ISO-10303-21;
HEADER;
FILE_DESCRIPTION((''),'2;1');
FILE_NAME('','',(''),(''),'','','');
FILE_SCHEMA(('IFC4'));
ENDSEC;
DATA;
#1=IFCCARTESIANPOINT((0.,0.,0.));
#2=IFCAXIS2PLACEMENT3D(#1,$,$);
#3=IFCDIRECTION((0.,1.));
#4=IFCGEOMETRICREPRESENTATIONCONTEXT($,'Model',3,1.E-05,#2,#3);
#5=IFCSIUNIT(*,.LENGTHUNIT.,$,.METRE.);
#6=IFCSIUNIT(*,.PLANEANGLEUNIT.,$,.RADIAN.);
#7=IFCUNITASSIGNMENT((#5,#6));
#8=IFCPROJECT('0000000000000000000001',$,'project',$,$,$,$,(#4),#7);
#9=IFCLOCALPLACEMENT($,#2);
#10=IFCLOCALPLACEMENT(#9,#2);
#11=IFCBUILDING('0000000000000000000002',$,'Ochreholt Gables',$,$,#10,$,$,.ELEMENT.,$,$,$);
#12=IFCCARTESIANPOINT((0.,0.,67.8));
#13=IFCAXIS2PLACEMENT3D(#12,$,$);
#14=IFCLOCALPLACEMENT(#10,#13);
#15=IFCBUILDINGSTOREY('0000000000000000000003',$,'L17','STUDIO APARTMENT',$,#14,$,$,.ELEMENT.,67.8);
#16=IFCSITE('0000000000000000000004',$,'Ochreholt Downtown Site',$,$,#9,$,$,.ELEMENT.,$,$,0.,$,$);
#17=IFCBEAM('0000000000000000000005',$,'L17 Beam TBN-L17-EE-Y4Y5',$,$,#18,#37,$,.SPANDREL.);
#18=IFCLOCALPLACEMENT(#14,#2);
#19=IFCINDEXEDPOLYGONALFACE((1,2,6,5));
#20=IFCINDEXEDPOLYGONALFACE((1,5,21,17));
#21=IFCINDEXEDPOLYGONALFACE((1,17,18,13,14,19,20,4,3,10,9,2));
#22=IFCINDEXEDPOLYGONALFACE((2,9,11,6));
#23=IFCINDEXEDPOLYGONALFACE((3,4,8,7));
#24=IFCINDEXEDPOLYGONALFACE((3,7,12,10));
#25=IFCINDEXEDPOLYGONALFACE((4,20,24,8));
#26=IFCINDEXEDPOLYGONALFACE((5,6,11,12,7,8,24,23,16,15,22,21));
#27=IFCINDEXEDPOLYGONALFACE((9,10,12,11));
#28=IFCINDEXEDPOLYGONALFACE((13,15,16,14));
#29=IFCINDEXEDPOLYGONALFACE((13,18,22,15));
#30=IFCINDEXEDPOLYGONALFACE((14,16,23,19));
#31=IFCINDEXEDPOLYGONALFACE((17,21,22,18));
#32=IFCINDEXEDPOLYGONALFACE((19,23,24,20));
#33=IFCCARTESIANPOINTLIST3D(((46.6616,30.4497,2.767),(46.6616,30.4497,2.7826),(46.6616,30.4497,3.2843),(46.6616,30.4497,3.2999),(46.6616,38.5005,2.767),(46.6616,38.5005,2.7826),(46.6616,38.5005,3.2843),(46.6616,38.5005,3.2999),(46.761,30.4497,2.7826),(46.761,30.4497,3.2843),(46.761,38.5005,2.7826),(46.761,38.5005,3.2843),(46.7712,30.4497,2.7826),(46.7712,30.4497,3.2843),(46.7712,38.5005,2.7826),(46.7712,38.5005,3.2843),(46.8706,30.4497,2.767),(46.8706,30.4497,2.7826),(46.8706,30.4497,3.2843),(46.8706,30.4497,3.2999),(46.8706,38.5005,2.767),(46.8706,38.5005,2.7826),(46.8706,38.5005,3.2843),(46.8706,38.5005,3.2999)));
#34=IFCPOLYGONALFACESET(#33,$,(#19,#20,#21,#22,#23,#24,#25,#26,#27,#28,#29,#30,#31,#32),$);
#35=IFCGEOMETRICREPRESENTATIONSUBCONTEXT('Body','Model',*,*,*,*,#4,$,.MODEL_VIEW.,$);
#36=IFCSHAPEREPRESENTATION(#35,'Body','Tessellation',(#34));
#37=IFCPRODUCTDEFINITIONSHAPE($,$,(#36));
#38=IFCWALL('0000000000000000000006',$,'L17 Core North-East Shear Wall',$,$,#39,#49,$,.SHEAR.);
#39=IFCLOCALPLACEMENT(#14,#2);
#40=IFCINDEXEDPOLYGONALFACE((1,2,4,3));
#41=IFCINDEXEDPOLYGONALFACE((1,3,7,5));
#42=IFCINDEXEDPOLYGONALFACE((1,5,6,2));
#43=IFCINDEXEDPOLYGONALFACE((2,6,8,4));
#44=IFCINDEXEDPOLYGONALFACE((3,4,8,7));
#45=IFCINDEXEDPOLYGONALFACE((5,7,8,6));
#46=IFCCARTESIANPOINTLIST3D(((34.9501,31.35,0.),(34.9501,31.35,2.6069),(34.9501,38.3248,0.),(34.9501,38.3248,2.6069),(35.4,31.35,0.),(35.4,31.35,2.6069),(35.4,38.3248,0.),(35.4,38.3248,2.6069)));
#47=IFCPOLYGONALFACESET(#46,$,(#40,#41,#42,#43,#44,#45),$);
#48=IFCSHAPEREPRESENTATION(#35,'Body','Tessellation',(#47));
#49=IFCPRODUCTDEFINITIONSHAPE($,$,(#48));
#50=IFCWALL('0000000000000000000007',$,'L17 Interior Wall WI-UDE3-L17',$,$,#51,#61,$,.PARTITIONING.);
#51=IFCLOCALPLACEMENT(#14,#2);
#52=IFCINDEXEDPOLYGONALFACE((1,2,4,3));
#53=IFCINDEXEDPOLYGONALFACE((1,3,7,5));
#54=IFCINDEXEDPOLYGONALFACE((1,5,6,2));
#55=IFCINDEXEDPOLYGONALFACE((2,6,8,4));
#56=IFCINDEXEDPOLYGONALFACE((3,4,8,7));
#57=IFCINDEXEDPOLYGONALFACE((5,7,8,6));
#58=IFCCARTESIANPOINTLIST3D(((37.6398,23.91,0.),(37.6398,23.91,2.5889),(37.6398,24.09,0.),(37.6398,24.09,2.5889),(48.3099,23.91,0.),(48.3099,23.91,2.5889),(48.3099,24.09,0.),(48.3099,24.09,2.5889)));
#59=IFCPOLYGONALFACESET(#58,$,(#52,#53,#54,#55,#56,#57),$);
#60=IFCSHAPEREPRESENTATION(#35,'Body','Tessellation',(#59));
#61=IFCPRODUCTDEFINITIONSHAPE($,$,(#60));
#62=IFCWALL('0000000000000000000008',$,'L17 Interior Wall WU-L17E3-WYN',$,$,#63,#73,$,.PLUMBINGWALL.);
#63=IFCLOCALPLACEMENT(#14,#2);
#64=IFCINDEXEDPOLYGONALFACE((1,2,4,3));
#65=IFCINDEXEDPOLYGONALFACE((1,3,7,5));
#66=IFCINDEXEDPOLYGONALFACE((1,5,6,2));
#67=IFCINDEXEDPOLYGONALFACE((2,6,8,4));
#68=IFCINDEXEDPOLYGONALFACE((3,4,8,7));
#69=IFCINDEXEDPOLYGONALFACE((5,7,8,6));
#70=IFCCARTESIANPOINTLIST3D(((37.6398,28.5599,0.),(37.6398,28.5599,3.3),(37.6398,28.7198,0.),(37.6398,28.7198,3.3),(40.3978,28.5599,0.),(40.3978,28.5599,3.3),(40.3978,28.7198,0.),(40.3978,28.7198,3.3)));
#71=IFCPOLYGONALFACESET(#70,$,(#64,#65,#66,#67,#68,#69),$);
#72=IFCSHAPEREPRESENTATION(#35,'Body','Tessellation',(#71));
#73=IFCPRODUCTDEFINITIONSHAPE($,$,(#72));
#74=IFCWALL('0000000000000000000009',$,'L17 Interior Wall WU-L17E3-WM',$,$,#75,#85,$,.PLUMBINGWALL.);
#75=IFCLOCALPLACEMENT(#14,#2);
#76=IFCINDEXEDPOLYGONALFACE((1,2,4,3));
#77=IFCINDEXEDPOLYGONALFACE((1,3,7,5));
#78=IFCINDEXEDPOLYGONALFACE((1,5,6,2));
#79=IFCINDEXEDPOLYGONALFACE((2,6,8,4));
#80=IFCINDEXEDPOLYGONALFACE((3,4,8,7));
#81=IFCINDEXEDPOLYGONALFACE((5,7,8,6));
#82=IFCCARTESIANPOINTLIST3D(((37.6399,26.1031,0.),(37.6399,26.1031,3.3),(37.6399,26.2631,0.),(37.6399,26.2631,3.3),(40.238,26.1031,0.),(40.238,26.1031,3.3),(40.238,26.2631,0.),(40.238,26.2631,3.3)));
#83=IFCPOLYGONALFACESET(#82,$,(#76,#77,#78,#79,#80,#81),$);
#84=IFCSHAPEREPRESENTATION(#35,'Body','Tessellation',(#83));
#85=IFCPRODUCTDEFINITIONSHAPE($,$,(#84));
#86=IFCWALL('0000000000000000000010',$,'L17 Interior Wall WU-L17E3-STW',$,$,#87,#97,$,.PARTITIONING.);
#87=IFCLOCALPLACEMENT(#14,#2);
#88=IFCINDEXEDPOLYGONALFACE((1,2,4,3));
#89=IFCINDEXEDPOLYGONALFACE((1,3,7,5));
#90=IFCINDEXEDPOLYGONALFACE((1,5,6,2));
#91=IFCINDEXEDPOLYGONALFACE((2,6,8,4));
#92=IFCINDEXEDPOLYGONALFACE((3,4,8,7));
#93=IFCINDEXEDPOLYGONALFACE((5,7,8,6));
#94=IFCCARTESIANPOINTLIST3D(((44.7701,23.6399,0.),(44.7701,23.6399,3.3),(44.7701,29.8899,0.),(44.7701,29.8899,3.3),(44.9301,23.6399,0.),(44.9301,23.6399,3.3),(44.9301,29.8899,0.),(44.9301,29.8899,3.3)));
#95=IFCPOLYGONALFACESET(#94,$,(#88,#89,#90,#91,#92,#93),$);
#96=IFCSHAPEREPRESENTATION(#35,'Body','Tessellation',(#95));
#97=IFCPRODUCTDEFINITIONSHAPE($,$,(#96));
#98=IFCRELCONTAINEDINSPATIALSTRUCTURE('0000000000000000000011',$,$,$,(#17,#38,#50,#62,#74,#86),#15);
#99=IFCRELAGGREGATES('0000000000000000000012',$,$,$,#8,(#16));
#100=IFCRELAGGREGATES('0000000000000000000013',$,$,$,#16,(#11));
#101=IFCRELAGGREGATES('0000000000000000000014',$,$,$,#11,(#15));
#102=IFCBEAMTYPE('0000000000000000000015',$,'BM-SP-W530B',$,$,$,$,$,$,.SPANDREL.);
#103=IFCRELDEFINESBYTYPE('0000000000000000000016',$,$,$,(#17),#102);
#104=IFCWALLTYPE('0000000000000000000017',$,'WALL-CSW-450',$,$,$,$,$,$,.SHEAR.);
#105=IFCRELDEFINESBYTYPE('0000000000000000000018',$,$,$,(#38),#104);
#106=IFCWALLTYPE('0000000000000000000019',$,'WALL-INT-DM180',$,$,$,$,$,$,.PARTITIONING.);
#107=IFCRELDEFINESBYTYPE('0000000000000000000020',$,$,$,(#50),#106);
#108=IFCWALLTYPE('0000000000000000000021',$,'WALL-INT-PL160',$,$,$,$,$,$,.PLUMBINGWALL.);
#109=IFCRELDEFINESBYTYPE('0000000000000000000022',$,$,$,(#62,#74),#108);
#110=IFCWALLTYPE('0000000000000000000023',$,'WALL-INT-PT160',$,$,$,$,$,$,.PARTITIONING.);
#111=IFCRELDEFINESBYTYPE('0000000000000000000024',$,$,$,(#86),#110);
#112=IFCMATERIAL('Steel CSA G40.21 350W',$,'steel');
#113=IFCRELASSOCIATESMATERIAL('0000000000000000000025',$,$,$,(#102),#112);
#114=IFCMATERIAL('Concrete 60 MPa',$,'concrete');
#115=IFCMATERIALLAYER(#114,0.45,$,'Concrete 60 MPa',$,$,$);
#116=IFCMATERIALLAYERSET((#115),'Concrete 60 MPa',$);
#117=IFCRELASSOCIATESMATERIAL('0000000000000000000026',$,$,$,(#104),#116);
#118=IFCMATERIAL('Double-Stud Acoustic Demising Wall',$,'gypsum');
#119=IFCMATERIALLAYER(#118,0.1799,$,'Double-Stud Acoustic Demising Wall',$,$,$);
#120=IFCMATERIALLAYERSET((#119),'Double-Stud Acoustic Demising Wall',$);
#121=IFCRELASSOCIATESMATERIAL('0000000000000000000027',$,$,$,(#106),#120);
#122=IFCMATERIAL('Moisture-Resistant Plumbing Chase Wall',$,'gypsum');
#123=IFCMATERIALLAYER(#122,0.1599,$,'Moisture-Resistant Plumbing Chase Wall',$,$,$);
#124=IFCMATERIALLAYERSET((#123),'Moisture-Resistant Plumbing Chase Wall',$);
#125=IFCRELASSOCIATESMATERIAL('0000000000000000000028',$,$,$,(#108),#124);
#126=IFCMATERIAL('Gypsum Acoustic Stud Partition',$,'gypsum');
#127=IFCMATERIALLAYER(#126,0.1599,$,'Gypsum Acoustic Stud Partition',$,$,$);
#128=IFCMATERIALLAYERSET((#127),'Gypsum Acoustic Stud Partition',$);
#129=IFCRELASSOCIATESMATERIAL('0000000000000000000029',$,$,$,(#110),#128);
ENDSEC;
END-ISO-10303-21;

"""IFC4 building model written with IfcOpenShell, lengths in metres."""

from ifc_helpers import new_model, si_unit, direction, frame, frame_2d, origin, origin_2d, place, context, subcontext, project, spatial, rectangle, i_section, extrude, material, layer, layer_set, material_profile, profile_set, type_object, element, save


model = new_model("IFC4")

# Units and contexts
model_context = context("Model", 3, precision=1e-05, world=origin(), true_north=direction((0.0, 1.0)))
body_context = subcontext(model_context, "Body", "Model", "MODEL_VIEW")
ifc_project = project(units=[si_unit("LENGTHUNIT", "METRE"), si_unit("PLANEANGLEUNIT", "RADIAN")], contexts=[model_context])

# Site, building, storey
site_placement = place(None, origin())
site = spatial("IfcSite", under=ifc_project, at=site_placement, Name="Ochreholt Downtown Site", CompositionType="ELEMENT", RefElevation=0.0)
building_placement = place(site_placement, origin())
building = spatial("IfcBuilding", under=site, at=building_placement, Name="Ochreholt Gables", CompositionType="ELEMENT")
storey_placement = place(building_placement, frame((0.0, 0.0, 67.8)))
storey = spatial("IfcBuildingStorey", under=building, at=storey_placement, Name="L17", Description="STUDIO APARTMENT", CompositionType="ELEMENT", Elevation=67.8)

# Shared definitions
ifc_material_1 = material(Name="Steel CSA G40.21 350W", Category="steel")
ifc_material_2 = material(Name="Concrete 60 MPa", Category="concrete")

# Beam
ifc_material_profile_1 = material_profile(ifc_material_1, i_section(OverallWidth=0.209, OverallDepth=0.533, WebThickness=0.0103, FlangeThickness=0.0156, at=origin_2d()), Name="W530X92")
ifc_profile_set_1 = profile_set([ifc_material_profile_1], Name="Steel CSA G40.21 350W")
beam_type_1 = type_object("IfcBeamType", Name="BM-SP-W530B", PredefinedType="SPANDREL", material=ifc_profile_set_1)
beam_1_placement = place(storey_placement, frame((46.7661, 30.4497, 3.0334), z_axis=(0.0, 1.0, 0.0), x_axis=(-1.0, 0.0, 0.0)))
element("IfcBeam", 1, at=beam_1_placement, inside=storey, type_object=beam_type_1, Name="L17 Beam TBN-L17-EE-Y4Y5", PredefinedType="SPANDREL", context=body_context, shape_type="SweptSolid", body=[
    extrude(i_section(OverallWidth=0.209, OverallDepth=0.533, WebThickness=0.0103, FlangeThickness=0.0156, at=origin_2d()), origin(), (0.0, 0.0, 1.0), 8.0508),
])

# Walls
ifc_layer_1 = layer(ifc_material_2, 0.45, Name="Concrete 60 MPa")
ifc_layer_set_1 = layer_set([ifc_layer_1], Name="Concrete 60 MPa")
wall_type_1 = type_object("IfcWallType", Name="WALL-CSW-450", PredefinedType="SHEAR", material=ifc_layer_set_1)
wall_1_placement = place(storey_placement, frame((35.175, 31.3501, 0.0), z_axis=(0.0, 0.0, 1.0), x_axis=(0.0, 1.0, 0.0)))
element("IfcWall", 2, at=wall_1_placement, inside=storey, type_object=wall_type_1, Name="L17 Core North-East Shear Wall", PredefinedType="SHEAR", context=body_context, shape_type="SweptSolid", body=[
    extrude(rectangle(XDim=6.9749, YDim=0.45, at=frame_2d((3.4873, 0.0))), origin(), (0.0, 0.0, 1.0), 2.6069),
])
ifc_material_3 = material(Name="Double-Stud Acoustic Demising Wall", Category="gypsum")
ifc_layer_2 = layer(ifc_material_3, 0.1799, Name="Double-Stud Acoustic Demising Wall")
ifc_layer_set_2 = layer_set([ifc_layer_2], Name="Double-Stud Acoustic Demising Wall")
wall_type_2 = type_object("IfcWallType", Name="WALL-INT-DM180", PredefinedType="PARTITIONING", material=ifc_layer_set_2)
wall_2_placement = place(storey_placement, frame((37.6399, 24.0, 0.0), z_axis=(0.0, 0.0, 1.0), x_axis=(1.0, 0.0, 0.0)))
element("IfcWall", 3, at=wall_2_placement, inside=storey, type_object=wall_type_2, Name="L17 Interior Wall WI-UDE3-L17", PredefinedType="PARTITIONING", context=body_context, shape_type="SweptSolid", body=[
    extrude(rectangle(XDim=10.6702, YDim=0.1799, at=frame_2d((5.335, 0.0))), origin(), (0.0, 0.0, 1.0), 2.5889),
])
ifc_material_4 = material(Name="Moisture-Resistant Plumbing Chase Wall", Category="gypsum")
ifc_layer_3 = layer(ifc_material_4, 0.1599, Name="Moisture-Resistant Plumbing Chase Wall")
ifc_layer_set_3 = layer_set([ifc_layer_3], Name="Moisture-Resistant Plumbing Chase Wall")
wall_type_3 = type_object("IfcWallType", Name="WALL-INT-PL160", PredefinedType="PLUMBINGWALL", material=ifc_layer_set_3)
wall_3_placement = place(storey_placement, frame((37.6399, 28.6399, 0.0), z_axis=(0.0, 0.0, 1.0), x_axis=(1.0, 0.0, 0.0)))
element("IfcWall", 4, at=wall_3_placement, inside=storey, type_object=wall_type_3, Name="L17 Interior Wall WU-L17E3-WYN", PredefinedType="PLUMBINGWALL", context=body_context, shape_type="SweptSolid", body=[
    extrude(rectangle(XDim=2.7581, YDim=0.1599, at=frame_2d((1.3789, 0.0))), origin(), (0.0, 0.0, 1.0), 3.3),
])

# Walls
wall_4_placement = place(storey_placement, frame((37.6399, 26.1831, 0.0), z_axis=(0.0, 0.0, 1.0), x_axis=(1.0, 0.0, 0.0)))
element("IfcWall", 5, at=wall_4_placement, inside=storey, type_object=wall_type_3, Name="L17 Interior Wall WU-L17E3-WM", PredefinedType="PLUMBINGWALL", context=body_context, shape_type="SweptSolid", body=[
    extrude(rectangle(XDim=2.5981, YDim=0.1599, at=frame_2d((1.2991, 0.0))), origin(), (0.0, 0.0, 1.0), 3.3),
])
ifc_material_5 = material(Name="Gypsum Acoustic Stud Partition", Category="gypsum")
ifc_layer_4 = layer(ifc_material_5, 0.1599, Name="Gypsum Acoustic Stud Partition")
ifc_layer_set_4 = layer_set([ifc_layer_4], Name="Gypsum Acoustic Stud Partition")
wall_type_4 = type_object("IfcWallType", Name="WALL-INT-PT160", PredefinedType="PARTITIONING", material=ifc_layer_set_4)
wall_5_placement = place(storey_placement, frame((44.8501, 23.6399, 0.0), z_axis=(0.0, 0.0, 1.0), x_axis=(0.0, 1.0, 0.0)))
element("IfcWall", 6, at=wall_5_placement, inside=storey, type_object=wall_type_4, Name="L17 Interior Wall WU-L17E3-STW", PredefinedType="PARTITIONING", context=body_context, shape_type="SweptSolid", body=[
    extrude(rectangle(XDim=6.25, YDim=0.1599, at=frame_2d((3.125, 0.0))), origin(), (0.0, 0.0, 1.0), 3.3),
])

save(model, "model.ifc")
